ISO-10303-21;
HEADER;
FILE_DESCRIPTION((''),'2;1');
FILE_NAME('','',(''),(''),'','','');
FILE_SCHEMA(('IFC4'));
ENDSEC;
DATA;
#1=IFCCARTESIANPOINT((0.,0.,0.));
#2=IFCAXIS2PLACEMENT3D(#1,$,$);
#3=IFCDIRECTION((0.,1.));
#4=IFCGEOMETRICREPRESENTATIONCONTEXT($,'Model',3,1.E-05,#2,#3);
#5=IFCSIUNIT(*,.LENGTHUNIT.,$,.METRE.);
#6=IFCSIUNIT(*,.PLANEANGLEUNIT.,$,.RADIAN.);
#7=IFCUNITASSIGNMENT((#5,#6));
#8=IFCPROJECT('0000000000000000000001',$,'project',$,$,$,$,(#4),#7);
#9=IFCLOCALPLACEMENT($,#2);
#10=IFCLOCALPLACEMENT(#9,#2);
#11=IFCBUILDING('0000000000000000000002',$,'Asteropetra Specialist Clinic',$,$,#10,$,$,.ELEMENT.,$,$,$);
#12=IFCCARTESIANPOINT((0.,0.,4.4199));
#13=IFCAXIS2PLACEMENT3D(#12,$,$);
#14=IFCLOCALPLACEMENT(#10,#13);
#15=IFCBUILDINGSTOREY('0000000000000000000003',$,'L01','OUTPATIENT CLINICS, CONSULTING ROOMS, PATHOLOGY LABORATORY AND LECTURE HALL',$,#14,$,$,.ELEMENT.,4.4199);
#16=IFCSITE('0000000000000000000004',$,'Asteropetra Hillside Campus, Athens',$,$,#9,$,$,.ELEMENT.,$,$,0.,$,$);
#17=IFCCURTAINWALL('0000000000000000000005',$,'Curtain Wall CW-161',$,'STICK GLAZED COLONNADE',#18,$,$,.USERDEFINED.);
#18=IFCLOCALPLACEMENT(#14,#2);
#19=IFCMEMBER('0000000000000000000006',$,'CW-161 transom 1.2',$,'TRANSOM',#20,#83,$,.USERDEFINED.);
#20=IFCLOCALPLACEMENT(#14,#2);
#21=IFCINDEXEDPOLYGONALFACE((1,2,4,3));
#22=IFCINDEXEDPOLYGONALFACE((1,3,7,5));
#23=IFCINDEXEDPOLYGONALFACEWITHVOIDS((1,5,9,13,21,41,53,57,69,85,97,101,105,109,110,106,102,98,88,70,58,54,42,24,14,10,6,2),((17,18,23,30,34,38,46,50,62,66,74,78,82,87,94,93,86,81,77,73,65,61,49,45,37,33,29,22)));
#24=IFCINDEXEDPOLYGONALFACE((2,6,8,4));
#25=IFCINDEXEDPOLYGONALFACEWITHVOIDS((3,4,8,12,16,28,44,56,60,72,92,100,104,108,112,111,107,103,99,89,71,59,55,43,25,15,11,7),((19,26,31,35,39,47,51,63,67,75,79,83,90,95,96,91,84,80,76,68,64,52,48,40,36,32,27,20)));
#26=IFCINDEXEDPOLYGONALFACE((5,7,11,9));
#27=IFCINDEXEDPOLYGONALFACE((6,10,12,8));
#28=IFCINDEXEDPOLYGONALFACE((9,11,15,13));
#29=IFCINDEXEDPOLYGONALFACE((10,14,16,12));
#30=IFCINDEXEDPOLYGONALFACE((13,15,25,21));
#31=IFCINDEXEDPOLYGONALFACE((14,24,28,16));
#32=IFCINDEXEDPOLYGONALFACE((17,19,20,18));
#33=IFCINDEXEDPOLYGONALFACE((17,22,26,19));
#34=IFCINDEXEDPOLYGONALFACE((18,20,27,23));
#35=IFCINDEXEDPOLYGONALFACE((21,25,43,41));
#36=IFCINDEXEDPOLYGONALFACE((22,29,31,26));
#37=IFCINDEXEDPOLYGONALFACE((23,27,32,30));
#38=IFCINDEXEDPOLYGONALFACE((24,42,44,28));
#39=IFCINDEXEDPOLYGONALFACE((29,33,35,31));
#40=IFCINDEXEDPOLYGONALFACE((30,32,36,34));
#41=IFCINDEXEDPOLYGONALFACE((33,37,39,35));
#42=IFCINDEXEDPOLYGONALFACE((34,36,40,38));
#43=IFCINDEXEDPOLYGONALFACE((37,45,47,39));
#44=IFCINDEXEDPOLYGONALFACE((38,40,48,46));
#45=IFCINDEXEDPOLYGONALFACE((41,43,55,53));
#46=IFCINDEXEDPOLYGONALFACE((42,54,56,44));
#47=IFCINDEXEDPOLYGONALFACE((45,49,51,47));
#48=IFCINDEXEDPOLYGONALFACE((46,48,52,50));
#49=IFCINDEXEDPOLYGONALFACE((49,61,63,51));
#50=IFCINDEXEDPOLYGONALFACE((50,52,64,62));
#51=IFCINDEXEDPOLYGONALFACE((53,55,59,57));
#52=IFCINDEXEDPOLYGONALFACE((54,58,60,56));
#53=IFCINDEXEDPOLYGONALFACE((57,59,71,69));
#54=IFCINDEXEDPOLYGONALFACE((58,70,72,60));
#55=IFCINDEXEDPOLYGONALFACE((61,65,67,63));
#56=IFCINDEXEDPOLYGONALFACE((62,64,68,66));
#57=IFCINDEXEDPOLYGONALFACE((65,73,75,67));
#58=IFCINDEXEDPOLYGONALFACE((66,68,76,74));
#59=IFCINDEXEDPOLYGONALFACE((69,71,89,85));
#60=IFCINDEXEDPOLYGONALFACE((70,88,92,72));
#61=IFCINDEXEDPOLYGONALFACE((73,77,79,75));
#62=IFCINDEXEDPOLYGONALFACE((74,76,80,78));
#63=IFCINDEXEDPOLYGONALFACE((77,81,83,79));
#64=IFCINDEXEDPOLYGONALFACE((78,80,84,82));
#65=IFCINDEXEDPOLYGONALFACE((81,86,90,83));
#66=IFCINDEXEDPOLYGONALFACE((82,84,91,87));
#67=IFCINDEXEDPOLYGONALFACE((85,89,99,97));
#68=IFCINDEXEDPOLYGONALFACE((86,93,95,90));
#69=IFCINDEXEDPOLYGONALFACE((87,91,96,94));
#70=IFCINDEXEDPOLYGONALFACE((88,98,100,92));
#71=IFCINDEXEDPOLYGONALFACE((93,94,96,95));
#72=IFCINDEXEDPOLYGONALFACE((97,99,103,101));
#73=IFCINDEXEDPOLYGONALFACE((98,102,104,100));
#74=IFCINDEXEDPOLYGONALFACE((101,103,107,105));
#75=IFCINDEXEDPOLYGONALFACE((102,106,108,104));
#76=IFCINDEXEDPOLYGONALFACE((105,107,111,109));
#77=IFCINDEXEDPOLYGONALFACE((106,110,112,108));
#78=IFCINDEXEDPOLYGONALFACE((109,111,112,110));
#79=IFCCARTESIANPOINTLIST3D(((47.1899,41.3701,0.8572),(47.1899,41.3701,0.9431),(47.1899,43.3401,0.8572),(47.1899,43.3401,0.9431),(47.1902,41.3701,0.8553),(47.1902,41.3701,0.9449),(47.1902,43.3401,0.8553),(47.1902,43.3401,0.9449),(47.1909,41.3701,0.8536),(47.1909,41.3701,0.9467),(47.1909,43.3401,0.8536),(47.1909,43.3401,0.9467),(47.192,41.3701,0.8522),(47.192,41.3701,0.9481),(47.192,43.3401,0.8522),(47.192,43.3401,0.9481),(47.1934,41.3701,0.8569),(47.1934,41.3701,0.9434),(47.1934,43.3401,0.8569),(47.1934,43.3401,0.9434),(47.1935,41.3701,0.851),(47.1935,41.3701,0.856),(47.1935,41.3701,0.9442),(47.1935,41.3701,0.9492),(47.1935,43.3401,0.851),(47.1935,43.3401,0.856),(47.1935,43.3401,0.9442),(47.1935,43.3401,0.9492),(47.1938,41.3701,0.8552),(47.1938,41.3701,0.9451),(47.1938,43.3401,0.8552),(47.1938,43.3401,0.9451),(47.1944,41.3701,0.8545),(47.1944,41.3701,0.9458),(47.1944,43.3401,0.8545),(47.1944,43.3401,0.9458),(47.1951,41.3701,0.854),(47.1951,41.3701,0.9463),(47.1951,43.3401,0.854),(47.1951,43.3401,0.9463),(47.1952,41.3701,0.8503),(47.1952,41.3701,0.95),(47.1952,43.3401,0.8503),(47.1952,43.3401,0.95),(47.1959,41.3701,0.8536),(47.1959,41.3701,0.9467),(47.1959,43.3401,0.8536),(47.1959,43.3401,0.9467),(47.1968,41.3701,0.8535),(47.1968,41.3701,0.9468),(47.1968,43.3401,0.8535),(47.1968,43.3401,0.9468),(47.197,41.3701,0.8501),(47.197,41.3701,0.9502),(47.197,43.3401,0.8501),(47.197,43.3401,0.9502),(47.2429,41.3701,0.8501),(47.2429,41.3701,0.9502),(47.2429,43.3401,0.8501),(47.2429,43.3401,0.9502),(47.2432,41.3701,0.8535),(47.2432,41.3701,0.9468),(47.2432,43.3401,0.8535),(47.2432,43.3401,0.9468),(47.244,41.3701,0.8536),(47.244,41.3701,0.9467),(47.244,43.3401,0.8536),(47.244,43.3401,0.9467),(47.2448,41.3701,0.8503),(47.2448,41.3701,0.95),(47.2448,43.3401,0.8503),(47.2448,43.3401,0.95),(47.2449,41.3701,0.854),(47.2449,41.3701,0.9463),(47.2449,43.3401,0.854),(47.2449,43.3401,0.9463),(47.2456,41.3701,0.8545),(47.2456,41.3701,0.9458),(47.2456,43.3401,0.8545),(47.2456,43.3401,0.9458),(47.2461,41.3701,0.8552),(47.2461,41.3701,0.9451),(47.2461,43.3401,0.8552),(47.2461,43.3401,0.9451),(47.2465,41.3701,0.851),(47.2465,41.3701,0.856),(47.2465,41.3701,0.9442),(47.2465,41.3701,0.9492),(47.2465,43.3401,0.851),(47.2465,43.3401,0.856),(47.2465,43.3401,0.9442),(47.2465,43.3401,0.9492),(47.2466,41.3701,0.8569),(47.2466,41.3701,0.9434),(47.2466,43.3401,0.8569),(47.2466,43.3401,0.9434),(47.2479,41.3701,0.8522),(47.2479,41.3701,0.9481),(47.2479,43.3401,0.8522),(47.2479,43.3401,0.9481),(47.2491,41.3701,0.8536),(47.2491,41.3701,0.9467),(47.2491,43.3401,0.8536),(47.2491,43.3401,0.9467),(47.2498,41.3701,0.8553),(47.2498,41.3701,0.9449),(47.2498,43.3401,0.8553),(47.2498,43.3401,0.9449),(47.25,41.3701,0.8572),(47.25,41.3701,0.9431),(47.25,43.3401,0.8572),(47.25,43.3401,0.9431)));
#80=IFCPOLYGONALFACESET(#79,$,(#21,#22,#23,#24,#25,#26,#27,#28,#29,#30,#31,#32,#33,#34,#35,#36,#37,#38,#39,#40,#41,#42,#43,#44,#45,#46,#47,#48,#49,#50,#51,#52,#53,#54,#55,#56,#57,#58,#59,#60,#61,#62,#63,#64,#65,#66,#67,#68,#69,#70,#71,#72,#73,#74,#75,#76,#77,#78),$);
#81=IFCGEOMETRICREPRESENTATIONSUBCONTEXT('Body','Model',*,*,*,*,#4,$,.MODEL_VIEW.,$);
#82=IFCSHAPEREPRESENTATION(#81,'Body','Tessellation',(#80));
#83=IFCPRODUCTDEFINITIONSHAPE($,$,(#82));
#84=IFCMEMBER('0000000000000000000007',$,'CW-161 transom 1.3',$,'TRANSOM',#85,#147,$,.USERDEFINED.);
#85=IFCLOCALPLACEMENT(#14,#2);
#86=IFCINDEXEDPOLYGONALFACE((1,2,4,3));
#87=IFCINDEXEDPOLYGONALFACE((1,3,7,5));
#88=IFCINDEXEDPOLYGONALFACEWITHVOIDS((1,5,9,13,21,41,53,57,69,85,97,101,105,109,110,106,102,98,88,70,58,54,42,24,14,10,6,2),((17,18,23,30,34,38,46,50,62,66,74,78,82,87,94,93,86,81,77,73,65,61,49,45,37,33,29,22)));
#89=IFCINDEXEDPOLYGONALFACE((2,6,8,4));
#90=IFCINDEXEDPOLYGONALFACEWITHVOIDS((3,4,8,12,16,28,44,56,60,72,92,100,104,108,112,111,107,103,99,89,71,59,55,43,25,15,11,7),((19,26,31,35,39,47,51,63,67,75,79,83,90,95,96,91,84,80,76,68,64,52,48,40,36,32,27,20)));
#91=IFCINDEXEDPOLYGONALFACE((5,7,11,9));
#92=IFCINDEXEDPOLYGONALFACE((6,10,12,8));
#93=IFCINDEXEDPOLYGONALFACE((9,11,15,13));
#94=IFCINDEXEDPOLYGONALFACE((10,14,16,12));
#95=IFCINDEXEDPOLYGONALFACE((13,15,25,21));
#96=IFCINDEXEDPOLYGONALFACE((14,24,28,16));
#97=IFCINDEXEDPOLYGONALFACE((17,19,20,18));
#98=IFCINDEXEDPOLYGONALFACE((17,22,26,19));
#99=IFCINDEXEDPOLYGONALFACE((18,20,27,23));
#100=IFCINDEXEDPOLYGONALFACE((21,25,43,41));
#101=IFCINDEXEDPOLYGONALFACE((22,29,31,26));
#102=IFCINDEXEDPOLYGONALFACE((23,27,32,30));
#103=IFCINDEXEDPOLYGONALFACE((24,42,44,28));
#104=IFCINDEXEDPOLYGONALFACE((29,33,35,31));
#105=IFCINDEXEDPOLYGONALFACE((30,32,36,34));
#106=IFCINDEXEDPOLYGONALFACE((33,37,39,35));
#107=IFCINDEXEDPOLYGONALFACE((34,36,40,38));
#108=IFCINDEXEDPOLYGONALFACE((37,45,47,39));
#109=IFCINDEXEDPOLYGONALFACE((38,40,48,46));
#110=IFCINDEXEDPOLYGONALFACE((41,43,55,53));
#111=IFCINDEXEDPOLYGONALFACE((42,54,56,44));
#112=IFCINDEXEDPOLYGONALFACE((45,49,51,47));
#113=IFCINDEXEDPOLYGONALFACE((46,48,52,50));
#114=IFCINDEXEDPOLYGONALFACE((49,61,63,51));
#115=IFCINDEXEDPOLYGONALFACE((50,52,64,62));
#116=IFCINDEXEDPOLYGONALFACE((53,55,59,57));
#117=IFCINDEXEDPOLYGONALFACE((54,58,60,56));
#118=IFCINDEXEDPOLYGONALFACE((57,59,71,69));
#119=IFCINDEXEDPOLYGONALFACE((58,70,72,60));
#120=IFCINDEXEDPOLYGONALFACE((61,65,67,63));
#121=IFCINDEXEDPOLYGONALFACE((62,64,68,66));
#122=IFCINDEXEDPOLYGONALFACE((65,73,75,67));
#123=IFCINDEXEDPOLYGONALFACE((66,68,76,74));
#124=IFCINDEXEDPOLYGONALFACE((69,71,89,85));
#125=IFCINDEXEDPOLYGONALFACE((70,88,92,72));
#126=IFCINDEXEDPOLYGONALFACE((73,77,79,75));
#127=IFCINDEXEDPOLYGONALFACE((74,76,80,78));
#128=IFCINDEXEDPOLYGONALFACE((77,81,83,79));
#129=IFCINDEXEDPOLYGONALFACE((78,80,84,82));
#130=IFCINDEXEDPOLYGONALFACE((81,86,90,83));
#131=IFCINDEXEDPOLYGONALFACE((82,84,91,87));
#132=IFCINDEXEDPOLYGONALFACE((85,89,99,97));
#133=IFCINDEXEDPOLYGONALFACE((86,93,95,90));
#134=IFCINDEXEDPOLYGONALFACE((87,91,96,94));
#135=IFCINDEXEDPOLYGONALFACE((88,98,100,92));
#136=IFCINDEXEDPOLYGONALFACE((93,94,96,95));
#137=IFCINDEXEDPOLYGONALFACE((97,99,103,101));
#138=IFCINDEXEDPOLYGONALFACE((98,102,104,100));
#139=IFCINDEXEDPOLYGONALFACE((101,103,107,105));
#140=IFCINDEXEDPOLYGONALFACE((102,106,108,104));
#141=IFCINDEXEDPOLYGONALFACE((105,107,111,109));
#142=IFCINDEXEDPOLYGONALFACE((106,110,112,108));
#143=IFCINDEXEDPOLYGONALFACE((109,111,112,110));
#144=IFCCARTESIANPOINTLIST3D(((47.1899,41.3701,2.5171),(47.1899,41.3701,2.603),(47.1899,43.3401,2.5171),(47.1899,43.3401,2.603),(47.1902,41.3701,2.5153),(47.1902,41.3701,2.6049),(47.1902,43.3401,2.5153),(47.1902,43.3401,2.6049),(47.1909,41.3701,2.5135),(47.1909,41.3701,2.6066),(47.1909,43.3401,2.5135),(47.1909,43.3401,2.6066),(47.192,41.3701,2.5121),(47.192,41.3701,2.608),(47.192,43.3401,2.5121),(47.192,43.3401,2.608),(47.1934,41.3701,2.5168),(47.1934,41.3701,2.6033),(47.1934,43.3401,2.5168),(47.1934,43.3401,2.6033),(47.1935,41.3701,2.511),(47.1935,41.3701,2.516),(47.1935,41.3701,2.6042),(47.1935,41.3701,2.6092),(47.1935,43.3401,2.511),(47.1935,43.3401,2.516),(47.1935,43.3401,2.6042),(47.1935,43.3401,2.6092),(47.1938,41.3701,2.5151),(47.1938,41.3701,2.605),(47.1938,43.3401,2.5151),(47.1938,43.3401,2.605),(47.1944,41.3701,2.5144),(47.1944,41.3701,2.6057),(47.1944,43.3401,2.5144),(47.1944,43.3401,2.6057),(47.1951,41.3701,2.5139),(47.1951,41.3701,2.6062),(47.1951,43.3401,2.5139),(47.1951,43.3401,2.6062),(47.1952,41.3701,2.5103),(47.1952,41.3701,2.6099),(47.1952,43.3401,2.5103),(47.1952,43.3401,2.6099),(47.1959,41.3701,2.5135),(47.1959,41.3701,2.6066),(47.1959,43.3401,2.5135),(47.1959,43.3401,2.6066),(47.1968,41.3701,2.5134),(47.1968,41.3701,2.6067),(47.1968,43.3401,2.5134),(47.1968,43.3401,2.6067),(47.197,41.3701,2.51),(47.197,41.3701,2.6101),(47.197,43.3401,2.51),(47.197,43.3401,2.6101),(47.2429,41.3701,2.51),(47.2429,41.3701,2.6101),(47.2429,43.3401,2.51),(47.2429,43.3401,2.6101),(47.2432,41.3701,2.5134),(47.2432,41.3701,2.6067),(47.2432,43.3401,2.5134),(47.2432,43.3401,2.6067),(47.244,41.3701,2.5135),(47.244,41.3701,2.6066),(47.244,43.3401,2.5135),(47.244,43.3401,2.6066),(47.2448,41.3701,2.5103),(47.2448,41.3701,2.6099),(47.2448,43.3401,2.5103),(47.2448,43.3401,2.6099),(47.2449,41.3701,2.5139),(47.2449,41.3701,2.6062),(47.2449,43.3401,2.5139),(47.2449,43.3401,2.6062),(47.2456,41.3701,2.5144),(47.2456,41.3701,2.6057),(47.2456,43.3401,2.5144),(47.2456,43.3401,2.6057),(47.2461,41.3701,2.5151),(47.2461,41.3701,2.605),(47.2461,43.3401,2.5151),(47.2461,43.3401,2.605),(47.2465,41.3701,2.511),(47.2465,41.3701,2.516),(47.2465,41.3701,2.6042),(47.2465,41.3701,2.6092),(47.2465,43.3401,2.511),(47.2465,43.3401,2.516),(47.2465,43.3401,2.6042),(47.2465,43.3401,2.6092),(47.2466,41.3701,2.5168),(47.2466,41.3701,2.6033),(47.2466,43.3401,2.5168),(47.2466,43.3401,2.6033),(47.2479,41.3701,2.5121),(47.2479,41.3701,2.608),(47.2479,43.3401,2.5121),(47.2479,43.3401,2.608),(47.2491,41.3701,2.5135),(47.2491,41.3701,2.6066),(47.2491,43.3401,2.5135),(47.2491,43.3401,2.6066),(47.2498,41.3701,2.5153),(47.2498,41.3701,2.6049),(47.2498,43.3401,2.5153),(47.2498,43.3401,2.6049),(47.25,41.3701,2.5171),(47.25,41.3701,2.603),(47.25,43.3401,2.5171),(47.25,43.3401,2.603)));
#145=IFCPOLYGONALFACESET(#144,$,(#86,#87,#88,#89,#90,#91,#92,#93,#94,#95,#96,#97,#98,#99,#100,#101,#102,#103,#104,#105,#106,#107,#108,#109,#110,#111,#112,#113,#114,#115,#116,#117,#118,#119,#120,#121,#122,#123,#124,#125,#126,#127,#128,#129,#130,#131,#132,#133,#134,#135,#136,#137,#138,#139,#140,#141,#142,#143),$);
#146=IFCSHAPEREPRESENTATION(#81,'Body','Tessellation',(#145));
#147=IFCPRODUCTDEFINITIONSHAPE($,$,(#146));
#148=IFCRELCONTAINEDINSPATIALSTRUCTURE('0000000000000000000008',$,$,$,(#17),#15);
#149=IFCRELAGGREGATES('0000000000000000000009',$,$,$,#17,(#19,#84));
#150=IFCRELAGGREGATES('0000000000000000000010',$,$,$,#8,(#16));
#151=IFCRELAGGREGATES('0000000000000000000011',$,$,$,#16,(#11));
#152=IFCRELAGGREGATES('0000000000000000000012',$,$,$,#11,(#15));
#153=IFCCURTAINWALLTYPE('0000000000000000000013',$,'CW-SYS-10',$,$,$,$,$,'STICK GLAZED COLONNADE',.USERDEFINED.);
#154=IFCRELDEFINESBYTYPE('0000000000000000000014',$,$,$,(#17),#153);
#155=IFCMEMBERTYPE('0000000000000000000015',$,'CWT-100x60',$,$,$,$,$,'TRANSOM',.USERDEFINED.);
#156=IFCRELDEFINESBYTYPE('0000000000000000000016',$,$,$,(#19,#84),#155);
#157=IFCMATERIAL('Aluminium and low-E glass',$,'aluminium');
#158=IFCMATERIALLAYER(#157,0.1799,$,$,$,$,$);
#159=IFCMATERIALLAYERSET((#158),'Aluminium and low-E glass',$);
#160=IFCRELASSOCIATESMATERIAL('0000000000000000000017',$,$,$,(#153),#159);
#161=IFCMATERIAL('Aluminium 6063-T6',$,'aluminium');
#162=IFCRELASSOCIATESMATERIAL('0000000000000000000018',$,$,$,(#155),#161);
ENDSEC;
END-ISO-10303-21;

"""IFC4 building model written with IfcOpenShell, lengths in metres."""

from ifc_helpers import new_model, si_unit, direction, frame, origin, origin_2d, place, context, subcontext, project, spatial, hollow_rectangle, extrude, material, layer, layer_set, material_profile, profile_set, type_object, element, aggregate, save


model = new_model("IFC4")

# Units and contexts
model_context = context("Model", 3, precision=1e-05, world=origin(), true_north=direction((0.0, 1.0)))
body_context = subcontext(model_context, "Body", "Model", "MODEL_VIEW")
ifc_project = project(units=[si_unit("LENGTHUNIT", "METRE"), si_unit("PLANEANGLEUNIT", "RADIAN")], contexts=[model_context])

# Site, building, storey
site_placement = place(None, origin())
site = spatial("IfcSite", under=ifc_project, at=site_placement, Name="Asteropetra Hillside Campus, Athens", CompositionType="ELEMENT", RefElevation=0.0)
building_placement = place(site_placement, origin())
building = spatial("IfcBuilding", under=site, at=building_placement, Name="Asteropetra Specialist Clinic", CompositionType="ELEMENT")
storey_placement = place(building_placement, frame((0.0, 0.0, 4.4199)))
storey = spatial("IfcBuildingStorey", under=building, at=storey_placement, Name="L01", Description="OUTPATIENT CLINICS, CONSULTING ROOMS, PATHOLOGY LABORATORY AND LECTURE HALL", CompositionType="ELEMENT", Elevation=4.4199)

# Curtain wall
ifc_material_1 = material(Name="Aluminium and low-E glass", Category="aluminium")
ifc_layer_1 = layer(ifc_material_1, 0.1799)
ifc_layer_set_1 = layer_set([ifc_layer_1], Name="Aluminium and low-E glass")
curtain_wall_type_1 = type_object("IfcCurtainWallType", Name="CW-SYS-10", ElementType="STICK GLAZED COLONNADE", PredefinedType="USERDEFINED", material=ifc_layer_set_1)
curtain_wall_1_placement = place(storey_placement, origin())
curtain_wall_1 = element("IfcCurtainWall", 1, at=curtain_wall_1_placement, inside=storey, type_object=curtain_wall_type_1, Name="Curtain Wall CW-161", ObjectType="STICK GLAZED COLONNADE", PredefinedType="USERDEFINED")

# Members
ifc_material_2 = material(Name="Aluminium 6063-T6", Category="aluminium")
ifc_material_profile_1 = material_profile(ifc_material_2, hollow_rectangle(XDim=0.0601, YDim=0.1001, WallThickness=0.0034, InnerFilletRadius=0.0034, OuterFilletRadius=0.0071, at=origin_2d()), Name="TRN 100x60x3.5")
ifc_profile_set_1 = profile_set([ifc_material_profile_1], Name="Aluminium 6063-T6")
member_type_1 = type_object("IfcMemberType", Name="CWT-100x60", ElementType="TRANSOM", PredefinedType="USERDEFINED", material=ifc_profile_set_1)
member_1_placement = place(storey_placement, frame((47.22, 41.3701, 0.9001), z_axis=(0.0, 1.0, 0.0), x_axis=(-1.0, 0.0, 0.0)))
member_1 = element("IfcMember", 2, at=member_1_placement, type_object=member_type_1, Name="CW-161 transom 1.2", ObjectType="TRANSOM", PredefinedType="USERDEFINED", context=body_context, shape_type="SweptSolid", body=[
    extrude(hollow_rectangle(XDim=0.0601, YDim=0.1001, WallThickness=0.0034, InnerFilletRadius=0.0034, OuterFilletRadius=0.0071, at=origin_2d()), origin(), (0.0, 0.0, 1.0), 1.97),
])
member_2_placement = place(storey_placement, frame((47.22, 41.3701, 2.5601), z_axis=(0.0, 1.0, 0.0), x_axis=(-1.0, 0.0, 0.0)))
member_2 = element("IfcMember", 3, at=member_2_placement, type_object=member_type_1, Name="CW-161 transom 1.3", ObjectType="TRANSOM", PredefinedType="USERDEFINED", context=body_context, shape_type="SweptSolid", body=[
    extrude(hollow_rectangle(XDim=0.0601, YDim=0.1001, WallThickness=0.0034, InnerFilletRadius=0.0034, OuterFilletRadius=0.0071, at=origin_2d()), origin(), (0.0, 0.0, 1.0), 1.97),
])

aggregate(curtain_wall_1, [member_1, member_2])

save(model, "model.ifc")
